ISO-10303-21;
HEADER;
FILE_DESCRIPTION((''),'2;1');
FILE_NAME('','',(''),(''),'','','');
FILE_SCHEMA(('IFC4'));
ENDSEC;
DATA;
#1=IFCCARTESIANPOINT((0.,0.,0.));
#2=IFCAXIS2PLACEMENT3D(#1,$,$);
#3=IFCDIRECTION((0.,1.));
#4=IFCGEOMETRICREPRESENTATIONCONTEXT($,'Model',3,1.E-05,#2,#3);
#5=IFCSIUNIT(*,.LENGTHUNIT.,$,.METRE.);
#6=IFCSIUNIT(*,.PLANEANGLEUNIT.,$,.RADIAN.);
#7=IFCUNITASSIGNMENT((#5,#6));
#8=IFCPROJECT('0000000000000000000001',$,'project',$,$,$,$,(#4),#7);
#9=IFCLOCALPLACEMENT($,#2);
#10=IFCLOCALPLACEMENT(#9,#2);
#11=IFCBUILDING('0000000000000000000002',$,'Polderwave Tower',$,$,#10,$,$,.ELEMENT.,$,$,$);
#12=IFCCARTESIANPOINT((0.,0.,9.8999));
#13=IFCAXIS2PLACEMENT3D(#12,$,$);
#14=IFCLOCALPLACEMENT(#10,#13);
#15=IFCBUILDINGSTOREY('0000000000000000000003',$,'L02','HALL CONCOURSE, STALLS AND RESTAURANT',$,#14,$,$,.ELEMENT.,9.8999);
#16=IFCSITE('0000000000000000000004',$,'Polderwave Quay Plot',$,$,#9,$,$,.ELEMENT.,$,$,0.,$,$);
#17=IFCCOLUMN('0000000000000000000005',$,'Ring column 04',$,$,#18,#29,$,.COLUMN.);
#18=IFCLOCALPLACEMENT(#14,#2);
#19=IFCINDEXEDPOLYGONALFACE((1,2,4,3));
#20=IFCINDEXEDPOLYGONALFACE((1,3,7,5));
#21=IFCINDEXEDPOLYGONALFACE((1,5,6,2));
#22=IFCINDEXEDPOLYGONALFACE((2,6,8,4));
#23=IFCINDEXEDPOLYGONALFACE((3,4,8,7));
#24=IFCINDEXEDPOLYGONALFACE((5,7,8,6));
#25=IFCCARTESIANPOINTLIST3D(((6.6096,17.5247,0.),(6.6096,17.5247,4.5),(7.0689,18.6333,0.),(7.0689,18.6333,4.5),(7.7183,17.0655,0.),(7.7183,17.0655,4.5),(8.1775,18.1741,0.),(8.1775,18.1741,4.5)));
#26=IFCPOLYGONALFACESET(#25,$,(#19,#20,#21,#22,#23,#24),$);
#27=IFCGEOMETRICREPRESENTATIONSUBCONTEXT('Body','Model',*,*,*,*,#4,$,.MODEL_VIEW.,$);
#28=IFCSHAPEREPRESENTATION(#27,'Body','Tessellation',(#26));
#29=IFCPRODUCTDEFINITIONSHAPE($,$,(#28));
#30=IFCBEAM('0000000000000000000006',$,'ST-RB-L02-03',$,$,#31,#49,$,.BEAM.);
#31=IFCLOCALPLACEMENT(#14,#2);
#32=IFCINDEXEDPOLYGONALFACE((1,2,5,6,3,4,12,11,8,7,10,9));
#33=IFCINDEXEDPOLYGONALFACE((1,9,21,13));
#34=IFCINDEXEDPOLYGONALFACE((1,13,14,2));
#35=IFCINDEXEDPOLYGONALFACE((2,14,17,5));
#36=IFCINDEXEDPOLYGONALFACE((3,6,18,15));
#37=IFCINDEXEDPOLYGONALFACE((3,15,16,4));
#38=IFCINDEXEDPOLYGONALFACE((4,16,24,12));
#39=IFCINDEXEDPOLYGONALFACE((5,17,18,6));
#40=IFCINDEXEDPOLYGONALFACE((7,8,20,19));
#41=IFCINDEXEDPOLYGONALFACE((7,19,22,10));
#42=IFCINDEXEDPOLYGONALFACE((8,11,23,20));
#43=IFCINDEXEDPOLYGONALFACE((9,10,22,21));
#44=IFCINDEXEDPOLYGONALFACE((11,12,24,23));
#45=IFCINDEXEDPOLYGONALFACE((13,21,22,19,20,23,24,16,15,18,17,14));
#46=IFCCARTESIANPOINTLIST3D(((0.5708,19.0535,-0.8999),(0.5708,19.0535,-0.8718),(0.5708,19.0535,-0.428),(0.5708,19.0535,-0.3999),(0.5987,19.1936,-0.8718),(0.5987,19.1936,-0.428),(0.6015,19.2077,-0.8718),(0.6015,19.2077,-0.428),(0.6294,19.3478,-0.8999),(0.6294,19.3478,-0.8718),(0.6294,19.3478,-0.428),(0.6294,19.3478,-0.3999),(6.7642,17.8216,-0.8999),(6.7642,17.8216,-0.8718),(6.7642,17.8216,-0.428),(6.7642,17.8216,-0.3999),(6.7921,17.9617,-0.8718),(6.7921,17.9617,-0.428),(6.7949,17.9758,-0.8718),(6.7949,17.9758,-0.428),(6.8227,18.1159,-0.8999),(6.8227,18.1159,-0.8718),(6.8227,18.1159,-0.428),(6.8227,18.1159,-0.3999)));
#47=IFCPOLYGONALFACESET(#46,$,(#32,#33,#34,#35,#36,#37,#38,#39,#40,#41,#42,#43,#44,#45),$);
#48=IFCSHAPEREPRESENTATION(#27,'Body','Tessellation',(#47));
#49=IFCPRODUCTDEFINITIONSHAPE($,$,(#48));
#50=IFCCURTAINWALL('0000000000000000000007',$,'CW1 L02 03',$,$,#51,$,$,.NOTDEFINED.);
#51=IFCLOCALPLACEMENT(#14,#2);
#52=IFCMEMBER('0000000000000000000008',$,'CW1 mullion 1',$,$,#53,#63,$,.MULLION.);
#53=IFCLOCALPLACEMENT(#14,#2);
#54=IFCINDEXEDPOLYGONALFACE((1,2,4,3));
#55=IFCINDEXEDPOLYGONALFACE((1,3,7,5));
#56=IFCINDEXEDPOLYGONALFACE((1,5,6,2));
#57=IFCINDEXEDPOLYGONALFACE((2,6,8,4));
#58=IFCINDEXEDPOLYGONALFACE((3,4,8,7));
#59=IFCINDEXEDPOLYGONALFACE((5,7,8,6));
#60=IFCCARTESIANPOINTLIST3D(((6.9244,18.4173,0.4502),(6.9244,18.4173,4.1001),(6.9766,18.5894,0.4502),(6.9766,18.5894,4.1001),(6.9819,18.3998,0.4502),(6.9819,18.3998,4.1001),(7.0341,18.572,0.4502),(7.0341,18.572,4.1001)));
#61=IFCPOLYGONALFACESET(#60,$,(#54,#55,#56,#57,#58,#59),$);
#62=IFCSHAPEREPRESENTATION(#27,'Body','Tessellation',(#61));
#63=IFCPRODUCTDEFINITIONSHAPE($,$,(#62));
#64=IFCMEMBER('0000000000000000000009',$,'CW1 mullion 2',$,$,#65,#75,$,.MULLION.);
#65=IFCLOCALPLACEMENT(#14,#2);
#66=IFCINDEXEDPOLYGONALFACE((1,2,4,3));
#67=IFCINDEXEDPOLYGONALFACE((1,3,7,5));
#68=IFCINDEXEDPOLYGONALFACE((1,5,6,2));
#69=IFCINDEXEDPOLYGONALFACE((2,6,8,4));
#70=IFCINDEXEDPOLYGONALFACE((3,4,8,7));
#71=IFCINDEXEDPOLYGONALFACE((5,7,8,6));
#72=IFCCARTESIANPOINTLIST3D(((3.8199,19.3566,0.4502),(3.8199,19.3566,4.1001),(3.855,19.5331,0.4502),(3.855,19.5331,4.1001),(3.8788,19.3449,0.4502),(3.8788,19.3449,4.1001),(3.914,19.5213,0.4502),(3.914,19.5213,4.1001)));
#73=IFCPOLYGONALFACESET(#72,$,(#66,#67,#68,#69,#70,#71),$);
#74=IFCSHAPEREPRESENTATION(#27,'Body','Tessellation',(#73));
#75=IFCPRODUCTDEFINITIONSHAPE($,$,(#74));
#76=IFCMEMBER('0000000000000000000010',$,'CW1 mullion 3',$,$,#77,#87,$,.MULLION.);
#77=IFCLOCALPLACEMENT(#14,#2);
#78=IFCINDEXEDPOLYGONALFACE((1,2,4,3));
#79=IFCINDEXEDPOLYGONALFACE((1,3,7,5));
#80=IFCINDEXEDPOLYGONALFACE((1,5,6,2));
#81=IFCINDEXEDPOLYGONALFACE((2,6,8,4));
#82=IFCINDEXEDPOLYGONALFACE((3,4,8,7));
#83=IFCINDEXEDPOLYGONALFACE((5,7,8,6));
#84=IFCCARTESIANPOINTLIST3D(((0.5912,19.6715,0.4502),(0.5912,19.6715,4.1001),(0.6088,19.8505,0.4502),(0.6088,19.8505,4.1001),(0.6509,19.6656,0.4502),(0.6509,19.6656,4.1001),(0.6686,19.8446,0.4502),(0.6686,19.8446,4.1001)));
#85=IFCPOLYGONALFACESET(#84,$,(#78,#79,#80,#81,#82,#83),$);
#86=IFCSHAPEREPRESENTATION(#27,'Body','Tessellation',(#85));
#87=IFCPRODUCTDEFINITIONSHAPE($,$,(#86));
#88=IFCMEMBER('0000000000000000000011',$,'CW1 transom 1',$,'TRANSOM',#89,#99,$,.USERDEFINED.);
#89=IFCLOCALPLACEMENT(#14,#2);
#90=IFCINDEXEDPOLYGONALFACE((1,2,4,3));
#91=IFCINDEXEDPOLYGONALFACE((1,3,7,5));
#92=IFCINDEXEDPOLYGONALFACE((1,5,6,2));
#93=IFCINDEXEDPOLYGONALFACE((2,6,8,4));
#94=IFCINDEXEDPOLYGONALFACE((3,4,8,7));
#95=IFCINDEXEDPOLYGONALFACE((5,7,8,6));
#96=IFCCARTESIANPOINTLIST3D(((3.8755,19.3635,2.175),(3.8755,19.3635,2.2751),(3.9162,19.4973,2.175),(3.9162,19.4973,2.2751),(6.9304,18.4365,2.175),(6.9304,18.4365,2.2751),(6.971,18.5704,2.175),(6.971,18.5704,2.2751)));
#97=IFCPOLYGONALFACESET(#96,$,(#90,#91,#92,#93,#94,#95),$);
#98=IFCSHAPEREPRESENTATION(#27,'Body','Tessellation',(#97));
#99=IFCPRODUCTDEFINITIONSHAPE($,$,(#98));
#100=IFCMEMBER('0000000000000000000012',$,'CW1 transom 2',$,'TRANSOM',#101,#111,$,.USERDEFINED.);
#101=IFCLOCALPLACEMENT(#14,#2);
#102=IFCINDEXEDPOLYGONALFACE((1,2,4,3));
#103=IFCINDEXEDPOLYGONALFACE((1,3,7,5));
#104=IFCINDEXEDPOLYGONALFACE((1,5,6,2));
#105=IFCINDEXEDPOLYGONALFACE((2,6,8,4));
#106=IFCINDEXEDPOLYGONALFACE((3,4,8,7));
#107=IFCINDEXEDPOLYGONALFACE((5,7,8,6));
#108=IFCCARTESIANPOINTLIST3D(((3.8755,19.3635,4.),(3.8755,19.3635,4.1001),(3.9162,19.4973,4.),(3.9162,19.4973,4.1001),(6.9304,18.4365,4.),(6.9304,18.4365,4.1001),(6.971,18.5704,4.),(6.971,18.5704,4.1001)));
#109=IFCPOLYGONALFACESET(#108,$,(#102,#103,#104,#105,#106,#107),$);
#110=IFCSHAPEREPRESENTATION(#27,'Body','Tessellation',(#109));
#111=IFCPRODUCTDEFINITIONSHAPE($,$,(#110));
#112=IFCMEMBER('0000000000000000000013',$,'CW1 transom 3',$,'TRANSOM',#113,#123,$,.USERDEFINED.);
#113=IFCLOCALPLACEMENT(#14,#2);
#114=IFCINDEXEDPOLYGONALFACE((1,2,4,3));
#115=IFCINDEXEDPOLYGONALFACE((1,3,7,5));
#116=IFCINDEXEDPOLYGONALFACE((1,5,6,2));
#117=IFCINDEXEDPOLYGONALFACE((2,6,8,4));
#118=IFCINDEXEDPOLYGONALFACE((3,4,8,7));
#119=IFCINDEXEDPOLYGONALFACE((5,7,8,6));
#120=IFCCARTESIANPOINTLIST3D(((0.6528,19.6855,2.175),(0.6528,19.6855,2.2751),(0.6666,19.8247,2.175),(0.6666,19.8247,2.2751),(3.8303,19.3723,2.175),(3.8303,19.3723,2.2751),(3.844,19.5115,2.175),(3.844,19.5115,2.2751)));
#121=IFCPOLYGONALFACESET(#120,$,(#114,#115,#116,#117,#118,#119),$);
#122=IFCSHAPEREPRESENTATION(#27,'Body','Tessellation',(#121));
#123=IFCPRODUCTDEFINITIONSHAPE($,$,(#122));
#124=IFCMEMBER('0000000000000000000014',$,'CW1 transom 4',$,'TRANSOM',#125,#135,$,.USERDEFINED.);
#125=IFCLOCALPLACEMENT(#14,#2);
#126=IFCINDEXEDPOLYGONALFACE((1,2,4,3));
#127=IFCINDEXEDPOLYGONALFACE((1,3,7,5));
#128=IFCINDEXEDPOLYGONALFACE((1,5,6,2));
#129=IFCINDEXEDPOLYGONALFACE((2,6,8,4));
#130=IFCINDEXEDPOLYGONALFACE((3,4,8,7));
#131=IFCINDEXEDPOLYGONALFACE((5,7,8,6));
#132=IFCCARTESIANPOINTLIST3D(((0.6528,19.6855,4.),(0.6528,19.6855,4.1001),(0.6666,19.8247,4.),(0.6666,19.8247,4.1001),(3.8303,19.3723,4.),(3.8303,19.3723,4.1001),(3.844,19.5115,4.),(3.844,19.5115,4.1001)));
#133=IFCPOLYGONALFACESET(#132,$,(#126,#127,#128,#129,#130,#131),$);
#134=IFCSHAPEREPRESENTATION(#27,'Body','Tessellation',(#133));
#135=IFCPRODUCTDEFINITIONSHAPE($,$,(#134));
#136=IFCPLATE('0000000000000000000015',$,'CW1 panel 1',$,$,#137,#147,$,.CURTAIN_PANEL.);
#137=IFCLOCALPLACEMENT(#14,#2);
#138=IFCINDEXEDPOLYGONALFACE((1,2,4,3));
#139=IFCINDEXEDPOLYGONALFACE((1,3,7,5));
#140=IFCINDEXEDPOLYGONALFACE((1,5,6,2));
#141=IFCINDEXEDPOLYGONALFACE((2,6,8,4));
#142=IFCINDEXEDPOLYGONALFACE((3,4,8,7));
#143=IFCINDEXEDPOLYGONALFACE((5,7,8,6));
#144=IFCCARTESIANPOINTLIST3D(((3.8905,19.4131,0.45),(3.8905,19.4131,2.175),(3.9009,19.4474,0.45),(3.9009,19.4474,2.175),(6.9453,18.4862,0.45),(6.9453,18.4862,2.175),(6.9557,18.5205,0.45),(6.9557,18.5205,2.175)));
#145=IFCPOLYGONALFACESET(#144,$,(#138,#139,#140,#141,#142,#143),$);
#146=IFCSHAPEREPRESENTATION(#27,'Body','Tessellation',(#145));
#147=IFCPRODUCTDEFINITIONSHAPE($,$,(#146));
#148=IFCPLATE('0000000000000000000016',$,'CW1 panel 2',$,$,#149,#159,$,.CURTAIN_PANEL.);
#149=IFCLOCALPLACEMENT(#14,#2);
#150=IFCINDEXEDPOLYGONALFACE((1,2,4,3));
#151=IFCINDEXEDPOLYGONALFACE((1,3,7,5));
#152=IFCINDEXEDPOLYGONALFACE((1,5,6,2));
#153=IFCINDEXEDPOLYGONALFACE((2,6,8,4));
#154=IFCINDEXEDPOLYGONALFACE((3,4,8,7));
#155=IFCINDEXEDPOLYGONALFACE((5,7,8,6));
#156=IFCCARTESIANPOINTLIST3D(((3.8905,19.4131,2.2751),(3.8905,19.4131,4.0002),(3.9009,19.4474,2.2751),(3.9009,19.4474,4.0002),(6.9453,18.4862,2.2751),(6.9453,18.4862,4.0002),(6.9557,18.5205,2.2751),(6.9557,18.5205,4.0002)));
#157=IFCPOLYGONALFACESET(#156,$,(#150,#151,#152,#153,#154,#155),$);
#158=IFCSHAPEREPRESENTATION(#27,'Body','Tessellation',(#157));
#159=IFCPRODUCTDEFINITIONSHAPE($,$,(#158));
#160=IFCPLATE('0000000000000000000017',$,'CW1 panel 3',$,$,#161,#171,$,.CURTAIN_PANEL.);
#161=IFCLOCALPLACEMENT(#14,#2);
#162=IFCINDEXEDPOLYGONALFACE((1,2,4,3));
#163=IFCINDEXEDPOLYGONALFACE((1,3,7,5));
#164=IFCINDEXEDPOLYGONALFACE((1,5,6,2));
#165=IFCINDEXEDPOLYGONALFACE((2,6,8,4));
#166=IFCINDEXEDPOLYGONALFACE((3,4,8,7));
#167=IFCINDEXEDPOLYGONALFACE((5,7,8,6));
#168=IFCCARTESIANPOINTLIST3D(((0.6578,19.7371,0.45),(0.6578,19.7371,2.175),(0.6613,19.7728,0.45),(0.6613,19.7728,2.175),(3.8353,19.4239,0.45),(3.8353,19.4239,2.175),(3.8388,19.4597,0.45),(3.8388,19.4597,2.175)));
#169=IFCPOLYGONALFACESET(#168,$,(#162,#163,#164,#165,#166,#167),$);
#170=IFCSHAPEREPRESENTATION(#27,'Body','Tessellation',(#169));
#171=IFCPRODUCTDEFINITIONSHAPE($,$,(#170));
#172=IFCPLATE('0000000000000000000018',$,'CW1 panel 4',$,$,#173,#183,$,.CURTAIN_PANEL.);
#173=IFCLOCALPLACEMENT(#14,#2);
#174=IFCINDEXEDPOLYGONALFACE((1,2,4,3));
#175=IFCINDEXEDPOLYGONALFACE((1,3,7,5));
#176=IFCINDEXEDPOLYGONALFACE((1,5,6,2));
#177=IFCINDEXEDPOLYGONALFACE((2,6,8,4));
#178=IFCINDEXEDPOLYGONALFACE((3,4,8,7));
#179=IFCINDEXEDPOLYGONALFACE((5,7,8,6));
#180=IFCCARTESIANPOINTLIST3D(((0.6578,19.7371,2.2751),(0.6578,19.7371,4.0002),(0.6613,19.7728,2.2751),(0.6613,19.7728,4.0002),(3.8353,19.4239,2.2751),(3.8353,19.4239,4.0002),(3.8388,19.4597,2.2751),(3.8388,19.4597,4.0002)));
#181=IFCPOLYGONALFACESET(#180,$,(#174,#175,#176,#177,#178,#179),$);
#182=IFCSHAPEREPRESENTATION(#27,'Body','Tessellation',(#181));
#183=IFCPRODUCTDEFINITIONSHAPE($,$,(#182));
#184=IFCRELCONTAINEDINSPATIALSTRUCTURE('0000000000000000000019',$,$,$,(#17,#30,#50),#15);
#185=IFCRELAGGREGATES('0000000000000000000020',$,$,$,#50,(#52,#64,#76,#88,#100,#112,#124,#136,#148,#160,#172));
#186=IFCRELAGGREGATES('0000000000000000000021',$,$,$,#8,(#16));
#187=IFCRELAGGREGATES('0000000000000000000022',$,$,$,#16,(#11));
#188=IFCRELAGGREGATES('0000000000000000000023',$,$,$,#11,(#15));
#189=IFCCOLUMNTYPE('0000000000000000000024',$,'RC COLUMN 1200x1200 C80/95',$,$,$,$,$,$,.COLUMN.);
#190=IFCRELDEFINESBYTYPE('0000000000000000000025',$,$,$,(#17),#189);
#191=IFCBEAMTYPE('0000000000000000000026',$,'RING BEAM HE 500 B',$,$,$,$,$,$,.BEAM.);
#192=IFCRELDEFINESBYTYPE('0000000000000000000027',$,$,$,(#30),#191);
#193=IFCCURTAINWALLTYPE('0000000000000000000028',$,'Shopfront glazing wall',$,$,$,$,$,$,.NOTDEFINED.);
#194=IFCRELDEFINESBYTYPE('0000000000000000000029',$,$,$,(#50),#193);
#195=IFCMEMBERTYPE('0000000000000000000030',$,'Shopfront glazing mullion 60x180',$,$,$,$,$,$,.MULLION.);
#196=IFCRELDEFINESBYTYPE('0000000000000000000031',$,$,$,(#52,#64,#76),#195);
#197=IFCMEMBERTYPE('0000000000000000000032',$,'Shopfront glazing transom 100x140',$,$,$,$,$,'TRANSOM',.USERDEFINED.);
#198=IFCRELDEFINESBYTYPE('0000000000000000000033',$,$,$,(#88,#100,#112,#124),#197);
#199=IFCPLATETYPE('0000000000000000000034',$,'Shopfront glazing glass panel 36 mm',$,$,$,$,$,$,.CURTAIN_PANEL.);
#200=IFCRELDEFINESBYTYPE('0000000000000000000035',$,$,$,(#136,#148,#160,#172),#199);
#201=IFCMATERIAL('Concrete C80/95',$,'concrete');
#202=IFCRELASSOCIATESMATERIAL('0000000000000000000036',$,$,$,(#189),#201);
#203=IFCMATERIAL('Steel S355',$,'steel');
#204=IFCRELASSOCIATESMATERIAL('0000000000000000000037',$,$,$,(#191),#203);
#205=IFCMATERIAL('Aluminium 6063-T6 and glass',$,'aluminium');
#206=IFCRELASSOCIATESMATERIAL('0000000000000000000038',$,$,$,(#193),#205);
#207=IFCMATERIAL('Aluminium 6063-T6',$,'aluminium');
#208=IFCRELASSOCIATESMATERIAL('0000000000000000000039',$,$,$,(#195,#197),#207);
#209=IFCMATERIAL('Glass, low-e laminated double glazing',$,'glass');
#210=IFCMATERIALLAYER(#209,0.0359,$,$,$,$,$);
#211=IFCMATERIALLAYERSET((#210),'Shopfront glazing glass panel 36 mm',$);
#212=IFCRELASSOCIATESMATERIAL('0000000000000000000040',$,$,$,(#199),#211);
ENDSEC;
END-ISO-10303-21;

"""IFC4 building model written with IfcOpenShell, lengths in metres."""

from ifc_helpers import new_model, si_unit, direction, frame, origin, origin_2d, place, context, subcontext, project, spatial, rectangle, i_section, extrude, material, layer, layer_set, material_profile, profile_set, type_object, element, aggregate, save


model = new_model("IFC4")

# Units and contexts
model_context = context("Model", 3, precision=1e-05, world=origin(), true_north=direction((0.0, 1.0)))
body_context = subcontext(model_context, "Body", "Model", "MODEL_VIEW")
ifc_project = project(units=[si_unit("LENGTHUNIT", "METRE"), si_unit("PLANEANGLEUNIT", "RADIAN")], contexts=[model_context])

# Site, building, storey
site_placement = place(None, origin())
site = spatial("IfcSite", under=ifc_project, at=site_placement, Name="Polderwave Quay Plot", CompositionType="ELEMENT", RefElevation=0.0)
building_placement = place(site_placement, origin())
building = spatial("IfcBuilding", under=site, at=building_placement, Name="Polderwave Tower", CompositionType="ELEMENT")
storey_placement = place(building_placement, frame((0.0, 0.0, 9.8999)))
storey = spatial("IfcBuildingStorey", under=building, at=storey_placement, Name="L02", Description="HALL CONCOURSE, STALLS AND RESTAURANT", CompositionType="ELEMENT", Elevation=9.8999)

# Column
ifc_material_1 = material(Name="Concrete C80/95", Category="concrete")
ifc_material_profile_1 = material_profile(ifc_material_1, rectangle(XDim=1.2, YDim=1.2, at=origin_2d()), Name="RC 1200x1200")
ifc_profile_set_1 = profile_set([ifc_material_profile_1], Name="Concrete C80/95")
column_type = type_object("IfcColumnType", Name="RC COLUMN 1200x1200 C80/95", PredefinedType="COLUMN", material=ifc_profile_set_1)
column_placement = place(storey_placement, frame((7.3936, 17.8494, 0.0), z_axis=(0.0, 0.0, 1.0), x_axis=(0.382683, 0.92388, 0.0)))
element("IfcColumn", 1, at=column_placement, inside=storey, type_object=column_type, Name="Ring column 04", PredefinedType="COLUMN", context=body_context, shape_type="SweptSolid", body=[
    extrude(rectangle(XDim=1.2, YDim=1.2, at=origin_2d()), origin(), (0.0, 0.0, 1.0), 4.5),
])

# Beam
ifc_material_2 = material(Name="Steel S355", Category="steel")
ifc_material_profile_2 = material_profile(ifc_material_2, i_section(OverallWidth=0.3, OverallDepth=0.5, WebThickness=0.0144, FlangeThickness=0.0281, at=origin_2d()), Name="HE 500 B")
ifc_profile_set_2 = profile_set([ifc_material_profile_2], Name="Steel S355")
beam_type = type_object("IfcBeamType", Name="RING BEAM HE 500 B", PredefinedType="BEAM", material=ifc_profile_set_2)
beam_placement = place(storey_placement, frame((6.7935, 17.9688, -0.6499), z_axis=(-0.980785, 0.19509, 0.0), x_axis=(-0.19509, -0.980785, 0.0)))
element("IfcBeam", 2, at=beam_placement, inside=storey, type_object=beam_type, Name="ST-RB-L02-03", PredefinedType="BEAM", context=body_context, shape_type="SweptSolid", body=[
    extrude(i_section(OverallWidth=0.3, OverallDepth=0.5, WebThickness=0.0144, FlangeThickness=0.0281, at=origin_2d()), origin(), (0.0, 0.0, 1.0), 6.3147),
])

# Curtain wall, members, plates
ifc_material_3 = material(Name="Aluminium 6063-T6 and glass", Category="aluminium")
curtain_wall_type = type_object("IfcCurtainWallType", Name="Shopfront glazing wall", PredefinedType="NOTDEFINED", material=ifc_material_3)
curtain_wall_placement = place(storey_placement, origin())
curtain_wall = element("IfcCurtainWall", 3, at=curtain_wall_placement, inside=storey, type_object=curtain_wall_type, Name="CW1 L02 03", PredefinedType="NOTDEFINED")
ifc_material_4 = material(Name="Aluminium 6063-T6", Category="aluminium")
ifc_material_profile_3 = material_profile(ifc_material_4, rectangle(XDim=0.1799, YDim=0.0601, at=origin_2d()), Name="AL 60x180")
ifc_profile_set_3 = profile_set([ifc_material_profile_3], Name="Aluminium 6063-T6")
member_type_1 = type_object("IfcMemberType", Name="Shopfront glazing mullion 60x180", PredefinedType="MULLION", material=ifc_profile_set_3)
member_1_placement = place(storey_placement, frame((6.9792, 18.4946, 0.4502), z_axis=(0.0, 0.0, 1.0), x_axis=(-0.290336, -0.956925, 0.0)))
member_1 = element("IfcMember", 4, at=member_1_placement, type_object=member_type_1, Name="CW1 mullion 1", PredefinedType="MULLION", context=body_context, shape_type="SweptSolid", body=[
    extrude(rectangle(XDim=0.1799, YDim=0.0601, at=origin_2d()), origin(), (0.0, 0.0, 1.0), 3.6499),
])
member_2_placement = place(storey_placement, frame((3.8669, 19.439, 0.4502), z_axis=(0.0, 0.0, 1.0), x_axis=(-0.195152, -0.980773, 0.0)))
member_2 = element("IfcMember", 5, at=member_2_placement, type_object=member_type_1, Name="CW1 mullion 2", PredefinedType="MULLION", context=body_context, shape_type="SweptSolid", body=[
    extrude(rectangle(XDim=0.1799, YDim=0.0601, at=origin_2d()), origin(), (0.0, 0.0, 1.0), 3.6499),
])
member_3_placement = place(storey_placement, frame((0.6299, 19.7581, 0.4502), z_axis=(0.0, 0.0, 1.0), x_axis=(-0.098087, -0.995178, 0.0)))
member_3 = element("IfcMember", 6, at=member_3_placement, type_object=member_type_1, Name="CW1 mullion 3", PredefinedType="MULLION", context=body_context, shape_type="SweptSolid", body=[
    extrude(rectangle(XDim=0.1799, YDim=0.0601, at=origin_2d()), origin(), (0.0, 0.0, 1.0), 3.6499),
])
ifc_material_profile_4 = material_profile(ifc_material_4, rectangle(XDim=0.1399, YDim=0.1001, at=origin_2d()), Name="AL 100x140")
ifc_profile_set_4 = profile_set([ifc_material_profile_4], Name="Aluminium 6063-T6")
member_type_2 = type_object("IfcMemberType", Name="Shopfront glazing transom 100x140", ElementType="TRANSOM", PredefinedType="USERDEFINED", material=ifc_profile_set_4)
member_4_placement = place(storey_placement, frame((6.9507, 18.5034, 2.2251), z_axis=(-0.956914, 0.29037, 0.0), x_axis=(-0.29037, -0.956914, 0.0)))
member_4 = element("IfcMember", 7, at=member_4_placement, type_object=member_type_2, Name="CW1 transom 1", ObjectType="TRANSOM", PredefinedType="USERDEFINED", context=body_context, shape_type="SweptSolid", body=[
    extrude(rectangle(XDim=0.1399, YDim=0.1001, at=origin_2d()), origin(), (0.0, 0.0, 1.0), 3.1924),
])
member_5_placement = place(storey_placement, frame((6.9507, 18.5034, 4.05), z_axis=(-0.956914, 0.29037, 0.0), x_axis=(-0.29037, -0.956914, 0.0)))
member_5 = element("IfcMember", 8, at=member_5_placement, type_object=member_type_2, Name="CW1 transom 2", ObjectType="TRANSOM", PredefinedType="USERDEFINED", context=body_context, shape_type="SweptSolid", body=[
    extrude(rectangle(XDim=0.1399, YDim=0.1001, at=origin_2d()), origin(), (0.0, 0.0, 1.0), 3.1924),
])
member_6_placement = place(storey_placement, frame((3.8372, 19.4419, 2.2251), z_axis=(-0.995176, 0.098103, 0.0), x_axis=(-0.098103, -0.995176, 0.0)))
member_6 = element("IfcMember", 9, at=member_6_placement, type_object=member_type_2, Name="CW1 transom 3", ObjectType="TRANSOM", PredefinedType="USERDEFINED", context=body_context, shape_type="SweptSolid", body=[
    extrude(rectangle(XDim=0.1399, YDim=0.1001, at=origin_2d()), origin(), (0.0, 0.0, 1.0), 3.1929),
])
member_7_placement = place(storey_placement, frame((3.8372, 19.4419, 4.05), z_axis=(-0.995176, 0.098103, 0.0), x_axis=(-0.098103, -0.995176, 0.0)))
member_7 = element("IfcMember", 10, at=member_7_placement, type_object=member_type_2, Name="CW1 transom 4", ObjectType="TRANSOM", PredefinedType="USERDEFINED", context=body_context, shape_type="SweptSolid", body=[
    extrude(rectangle(XDim=0.1399, YDim=0.1001, at=origin_2d()), origin(), (0.0, 0.0, 1.0), 3.1929),
])
ifc_material_5 = material(Name="Glass, low-e laminated double glazing", Category="glass")
ifc_layer_1 = layer(ifc_material_5, 0.0359)
ifc_layer_set_1 = layer_set([ifc_layer_1], Name="Shopfront glazing glass panel 36 mm")
plate_type = type_object("IfcPlateType", Name="Shopfront glazing glass panel 36 mm", PredefinedType="CURTAIN_PANEL", material=ifc_layer_set_1)
plate_1_placement = place(storey_placement, frame((5.4231, 18.9668, 0.45), z_axis=(0.0, 0.0, 1.0), x_axis=(-0.956925, 0.290336, 0.0)))
plate_1 = element("IfcPlate", 11, at=plate_1_placement, type_object=plate_type, Name="CW1 panel 1", PredefinedType="CURTAIN_PANEL", context=body_context, shape_type="SweptSolid", body=[
    extrude(rectangle(XDim=3.1924, YDim=0.0359, at=origin_2d()), origin(), (0.0, 0.0, 1.0), 1.7251),
])
plate_2_placement = place(storey_placement, frame((5.4231, 18.9668, 2.2751), z_axis=(0.0, 0.0, 1.0), x_axis=(-0.956925, 0.290336, 0.0)))
plate_2 = element("IfcPlate", 12, at=plate_2_placement, type_object=plate_type, Name="CW1 panel 2", PredefinedType="CURTAIN_PANEL", context=body_context, shape_type="SweptSolid", body=[
    extrude(rectangle(XDim=3.1924, YDim=0.0359, at=origin_2d()), origin(), (0.0, 0.0, 1.0), 1.7251),
])
plate_3_placement = place(storey_placement, frame((2.2483, 19.5984, 0.45), z_axis=(0.0, 0.0, 1.0), x_axis=(-0.995178, 0.098087, 0.0)))
plate_3 = element("IfcPlate", 13, at=plate_3_placement, type_object=plate_type, Name="CW1 panel 3", PredefinedType="CURTAIN_PANEL", context=body_context, shape_type="SweptSolid", body=[
    extrude(rectangle(XDim=3.1929, YDim=0.0359, at=origin_2d()), origin(), (0.0, 0.0, 1.0), 1.7251),
])
plate_4_placement = place(storey_placement, frame((2.2483, 19.5984, 2.2751), z_axis=(0.0, 0.0, 1.0), x_axis=(-0.995178, 0.098087, 0.0)))
plate_4 = element("IfcPlate", 14, at=plate_4_placement, type_object=plate_type, Name="CW1 panel 4", PredefinedType="CURTAIN_PANEL", context=body_context, shape_type="SweptSolid", body=[
    extrude(rectangle(XDim=3.1929, YDim=0.0359, at=origin_2d()), origin(), (0.0, 0.0, 1.0), 1.7251),
])
aggregate(curtain_wall, [member_1, member_2, member_3, member_4, member_5, member_6, member_7, plate_1, plate_2, plate_3, plate_4])

save(model, "model.ifc")
